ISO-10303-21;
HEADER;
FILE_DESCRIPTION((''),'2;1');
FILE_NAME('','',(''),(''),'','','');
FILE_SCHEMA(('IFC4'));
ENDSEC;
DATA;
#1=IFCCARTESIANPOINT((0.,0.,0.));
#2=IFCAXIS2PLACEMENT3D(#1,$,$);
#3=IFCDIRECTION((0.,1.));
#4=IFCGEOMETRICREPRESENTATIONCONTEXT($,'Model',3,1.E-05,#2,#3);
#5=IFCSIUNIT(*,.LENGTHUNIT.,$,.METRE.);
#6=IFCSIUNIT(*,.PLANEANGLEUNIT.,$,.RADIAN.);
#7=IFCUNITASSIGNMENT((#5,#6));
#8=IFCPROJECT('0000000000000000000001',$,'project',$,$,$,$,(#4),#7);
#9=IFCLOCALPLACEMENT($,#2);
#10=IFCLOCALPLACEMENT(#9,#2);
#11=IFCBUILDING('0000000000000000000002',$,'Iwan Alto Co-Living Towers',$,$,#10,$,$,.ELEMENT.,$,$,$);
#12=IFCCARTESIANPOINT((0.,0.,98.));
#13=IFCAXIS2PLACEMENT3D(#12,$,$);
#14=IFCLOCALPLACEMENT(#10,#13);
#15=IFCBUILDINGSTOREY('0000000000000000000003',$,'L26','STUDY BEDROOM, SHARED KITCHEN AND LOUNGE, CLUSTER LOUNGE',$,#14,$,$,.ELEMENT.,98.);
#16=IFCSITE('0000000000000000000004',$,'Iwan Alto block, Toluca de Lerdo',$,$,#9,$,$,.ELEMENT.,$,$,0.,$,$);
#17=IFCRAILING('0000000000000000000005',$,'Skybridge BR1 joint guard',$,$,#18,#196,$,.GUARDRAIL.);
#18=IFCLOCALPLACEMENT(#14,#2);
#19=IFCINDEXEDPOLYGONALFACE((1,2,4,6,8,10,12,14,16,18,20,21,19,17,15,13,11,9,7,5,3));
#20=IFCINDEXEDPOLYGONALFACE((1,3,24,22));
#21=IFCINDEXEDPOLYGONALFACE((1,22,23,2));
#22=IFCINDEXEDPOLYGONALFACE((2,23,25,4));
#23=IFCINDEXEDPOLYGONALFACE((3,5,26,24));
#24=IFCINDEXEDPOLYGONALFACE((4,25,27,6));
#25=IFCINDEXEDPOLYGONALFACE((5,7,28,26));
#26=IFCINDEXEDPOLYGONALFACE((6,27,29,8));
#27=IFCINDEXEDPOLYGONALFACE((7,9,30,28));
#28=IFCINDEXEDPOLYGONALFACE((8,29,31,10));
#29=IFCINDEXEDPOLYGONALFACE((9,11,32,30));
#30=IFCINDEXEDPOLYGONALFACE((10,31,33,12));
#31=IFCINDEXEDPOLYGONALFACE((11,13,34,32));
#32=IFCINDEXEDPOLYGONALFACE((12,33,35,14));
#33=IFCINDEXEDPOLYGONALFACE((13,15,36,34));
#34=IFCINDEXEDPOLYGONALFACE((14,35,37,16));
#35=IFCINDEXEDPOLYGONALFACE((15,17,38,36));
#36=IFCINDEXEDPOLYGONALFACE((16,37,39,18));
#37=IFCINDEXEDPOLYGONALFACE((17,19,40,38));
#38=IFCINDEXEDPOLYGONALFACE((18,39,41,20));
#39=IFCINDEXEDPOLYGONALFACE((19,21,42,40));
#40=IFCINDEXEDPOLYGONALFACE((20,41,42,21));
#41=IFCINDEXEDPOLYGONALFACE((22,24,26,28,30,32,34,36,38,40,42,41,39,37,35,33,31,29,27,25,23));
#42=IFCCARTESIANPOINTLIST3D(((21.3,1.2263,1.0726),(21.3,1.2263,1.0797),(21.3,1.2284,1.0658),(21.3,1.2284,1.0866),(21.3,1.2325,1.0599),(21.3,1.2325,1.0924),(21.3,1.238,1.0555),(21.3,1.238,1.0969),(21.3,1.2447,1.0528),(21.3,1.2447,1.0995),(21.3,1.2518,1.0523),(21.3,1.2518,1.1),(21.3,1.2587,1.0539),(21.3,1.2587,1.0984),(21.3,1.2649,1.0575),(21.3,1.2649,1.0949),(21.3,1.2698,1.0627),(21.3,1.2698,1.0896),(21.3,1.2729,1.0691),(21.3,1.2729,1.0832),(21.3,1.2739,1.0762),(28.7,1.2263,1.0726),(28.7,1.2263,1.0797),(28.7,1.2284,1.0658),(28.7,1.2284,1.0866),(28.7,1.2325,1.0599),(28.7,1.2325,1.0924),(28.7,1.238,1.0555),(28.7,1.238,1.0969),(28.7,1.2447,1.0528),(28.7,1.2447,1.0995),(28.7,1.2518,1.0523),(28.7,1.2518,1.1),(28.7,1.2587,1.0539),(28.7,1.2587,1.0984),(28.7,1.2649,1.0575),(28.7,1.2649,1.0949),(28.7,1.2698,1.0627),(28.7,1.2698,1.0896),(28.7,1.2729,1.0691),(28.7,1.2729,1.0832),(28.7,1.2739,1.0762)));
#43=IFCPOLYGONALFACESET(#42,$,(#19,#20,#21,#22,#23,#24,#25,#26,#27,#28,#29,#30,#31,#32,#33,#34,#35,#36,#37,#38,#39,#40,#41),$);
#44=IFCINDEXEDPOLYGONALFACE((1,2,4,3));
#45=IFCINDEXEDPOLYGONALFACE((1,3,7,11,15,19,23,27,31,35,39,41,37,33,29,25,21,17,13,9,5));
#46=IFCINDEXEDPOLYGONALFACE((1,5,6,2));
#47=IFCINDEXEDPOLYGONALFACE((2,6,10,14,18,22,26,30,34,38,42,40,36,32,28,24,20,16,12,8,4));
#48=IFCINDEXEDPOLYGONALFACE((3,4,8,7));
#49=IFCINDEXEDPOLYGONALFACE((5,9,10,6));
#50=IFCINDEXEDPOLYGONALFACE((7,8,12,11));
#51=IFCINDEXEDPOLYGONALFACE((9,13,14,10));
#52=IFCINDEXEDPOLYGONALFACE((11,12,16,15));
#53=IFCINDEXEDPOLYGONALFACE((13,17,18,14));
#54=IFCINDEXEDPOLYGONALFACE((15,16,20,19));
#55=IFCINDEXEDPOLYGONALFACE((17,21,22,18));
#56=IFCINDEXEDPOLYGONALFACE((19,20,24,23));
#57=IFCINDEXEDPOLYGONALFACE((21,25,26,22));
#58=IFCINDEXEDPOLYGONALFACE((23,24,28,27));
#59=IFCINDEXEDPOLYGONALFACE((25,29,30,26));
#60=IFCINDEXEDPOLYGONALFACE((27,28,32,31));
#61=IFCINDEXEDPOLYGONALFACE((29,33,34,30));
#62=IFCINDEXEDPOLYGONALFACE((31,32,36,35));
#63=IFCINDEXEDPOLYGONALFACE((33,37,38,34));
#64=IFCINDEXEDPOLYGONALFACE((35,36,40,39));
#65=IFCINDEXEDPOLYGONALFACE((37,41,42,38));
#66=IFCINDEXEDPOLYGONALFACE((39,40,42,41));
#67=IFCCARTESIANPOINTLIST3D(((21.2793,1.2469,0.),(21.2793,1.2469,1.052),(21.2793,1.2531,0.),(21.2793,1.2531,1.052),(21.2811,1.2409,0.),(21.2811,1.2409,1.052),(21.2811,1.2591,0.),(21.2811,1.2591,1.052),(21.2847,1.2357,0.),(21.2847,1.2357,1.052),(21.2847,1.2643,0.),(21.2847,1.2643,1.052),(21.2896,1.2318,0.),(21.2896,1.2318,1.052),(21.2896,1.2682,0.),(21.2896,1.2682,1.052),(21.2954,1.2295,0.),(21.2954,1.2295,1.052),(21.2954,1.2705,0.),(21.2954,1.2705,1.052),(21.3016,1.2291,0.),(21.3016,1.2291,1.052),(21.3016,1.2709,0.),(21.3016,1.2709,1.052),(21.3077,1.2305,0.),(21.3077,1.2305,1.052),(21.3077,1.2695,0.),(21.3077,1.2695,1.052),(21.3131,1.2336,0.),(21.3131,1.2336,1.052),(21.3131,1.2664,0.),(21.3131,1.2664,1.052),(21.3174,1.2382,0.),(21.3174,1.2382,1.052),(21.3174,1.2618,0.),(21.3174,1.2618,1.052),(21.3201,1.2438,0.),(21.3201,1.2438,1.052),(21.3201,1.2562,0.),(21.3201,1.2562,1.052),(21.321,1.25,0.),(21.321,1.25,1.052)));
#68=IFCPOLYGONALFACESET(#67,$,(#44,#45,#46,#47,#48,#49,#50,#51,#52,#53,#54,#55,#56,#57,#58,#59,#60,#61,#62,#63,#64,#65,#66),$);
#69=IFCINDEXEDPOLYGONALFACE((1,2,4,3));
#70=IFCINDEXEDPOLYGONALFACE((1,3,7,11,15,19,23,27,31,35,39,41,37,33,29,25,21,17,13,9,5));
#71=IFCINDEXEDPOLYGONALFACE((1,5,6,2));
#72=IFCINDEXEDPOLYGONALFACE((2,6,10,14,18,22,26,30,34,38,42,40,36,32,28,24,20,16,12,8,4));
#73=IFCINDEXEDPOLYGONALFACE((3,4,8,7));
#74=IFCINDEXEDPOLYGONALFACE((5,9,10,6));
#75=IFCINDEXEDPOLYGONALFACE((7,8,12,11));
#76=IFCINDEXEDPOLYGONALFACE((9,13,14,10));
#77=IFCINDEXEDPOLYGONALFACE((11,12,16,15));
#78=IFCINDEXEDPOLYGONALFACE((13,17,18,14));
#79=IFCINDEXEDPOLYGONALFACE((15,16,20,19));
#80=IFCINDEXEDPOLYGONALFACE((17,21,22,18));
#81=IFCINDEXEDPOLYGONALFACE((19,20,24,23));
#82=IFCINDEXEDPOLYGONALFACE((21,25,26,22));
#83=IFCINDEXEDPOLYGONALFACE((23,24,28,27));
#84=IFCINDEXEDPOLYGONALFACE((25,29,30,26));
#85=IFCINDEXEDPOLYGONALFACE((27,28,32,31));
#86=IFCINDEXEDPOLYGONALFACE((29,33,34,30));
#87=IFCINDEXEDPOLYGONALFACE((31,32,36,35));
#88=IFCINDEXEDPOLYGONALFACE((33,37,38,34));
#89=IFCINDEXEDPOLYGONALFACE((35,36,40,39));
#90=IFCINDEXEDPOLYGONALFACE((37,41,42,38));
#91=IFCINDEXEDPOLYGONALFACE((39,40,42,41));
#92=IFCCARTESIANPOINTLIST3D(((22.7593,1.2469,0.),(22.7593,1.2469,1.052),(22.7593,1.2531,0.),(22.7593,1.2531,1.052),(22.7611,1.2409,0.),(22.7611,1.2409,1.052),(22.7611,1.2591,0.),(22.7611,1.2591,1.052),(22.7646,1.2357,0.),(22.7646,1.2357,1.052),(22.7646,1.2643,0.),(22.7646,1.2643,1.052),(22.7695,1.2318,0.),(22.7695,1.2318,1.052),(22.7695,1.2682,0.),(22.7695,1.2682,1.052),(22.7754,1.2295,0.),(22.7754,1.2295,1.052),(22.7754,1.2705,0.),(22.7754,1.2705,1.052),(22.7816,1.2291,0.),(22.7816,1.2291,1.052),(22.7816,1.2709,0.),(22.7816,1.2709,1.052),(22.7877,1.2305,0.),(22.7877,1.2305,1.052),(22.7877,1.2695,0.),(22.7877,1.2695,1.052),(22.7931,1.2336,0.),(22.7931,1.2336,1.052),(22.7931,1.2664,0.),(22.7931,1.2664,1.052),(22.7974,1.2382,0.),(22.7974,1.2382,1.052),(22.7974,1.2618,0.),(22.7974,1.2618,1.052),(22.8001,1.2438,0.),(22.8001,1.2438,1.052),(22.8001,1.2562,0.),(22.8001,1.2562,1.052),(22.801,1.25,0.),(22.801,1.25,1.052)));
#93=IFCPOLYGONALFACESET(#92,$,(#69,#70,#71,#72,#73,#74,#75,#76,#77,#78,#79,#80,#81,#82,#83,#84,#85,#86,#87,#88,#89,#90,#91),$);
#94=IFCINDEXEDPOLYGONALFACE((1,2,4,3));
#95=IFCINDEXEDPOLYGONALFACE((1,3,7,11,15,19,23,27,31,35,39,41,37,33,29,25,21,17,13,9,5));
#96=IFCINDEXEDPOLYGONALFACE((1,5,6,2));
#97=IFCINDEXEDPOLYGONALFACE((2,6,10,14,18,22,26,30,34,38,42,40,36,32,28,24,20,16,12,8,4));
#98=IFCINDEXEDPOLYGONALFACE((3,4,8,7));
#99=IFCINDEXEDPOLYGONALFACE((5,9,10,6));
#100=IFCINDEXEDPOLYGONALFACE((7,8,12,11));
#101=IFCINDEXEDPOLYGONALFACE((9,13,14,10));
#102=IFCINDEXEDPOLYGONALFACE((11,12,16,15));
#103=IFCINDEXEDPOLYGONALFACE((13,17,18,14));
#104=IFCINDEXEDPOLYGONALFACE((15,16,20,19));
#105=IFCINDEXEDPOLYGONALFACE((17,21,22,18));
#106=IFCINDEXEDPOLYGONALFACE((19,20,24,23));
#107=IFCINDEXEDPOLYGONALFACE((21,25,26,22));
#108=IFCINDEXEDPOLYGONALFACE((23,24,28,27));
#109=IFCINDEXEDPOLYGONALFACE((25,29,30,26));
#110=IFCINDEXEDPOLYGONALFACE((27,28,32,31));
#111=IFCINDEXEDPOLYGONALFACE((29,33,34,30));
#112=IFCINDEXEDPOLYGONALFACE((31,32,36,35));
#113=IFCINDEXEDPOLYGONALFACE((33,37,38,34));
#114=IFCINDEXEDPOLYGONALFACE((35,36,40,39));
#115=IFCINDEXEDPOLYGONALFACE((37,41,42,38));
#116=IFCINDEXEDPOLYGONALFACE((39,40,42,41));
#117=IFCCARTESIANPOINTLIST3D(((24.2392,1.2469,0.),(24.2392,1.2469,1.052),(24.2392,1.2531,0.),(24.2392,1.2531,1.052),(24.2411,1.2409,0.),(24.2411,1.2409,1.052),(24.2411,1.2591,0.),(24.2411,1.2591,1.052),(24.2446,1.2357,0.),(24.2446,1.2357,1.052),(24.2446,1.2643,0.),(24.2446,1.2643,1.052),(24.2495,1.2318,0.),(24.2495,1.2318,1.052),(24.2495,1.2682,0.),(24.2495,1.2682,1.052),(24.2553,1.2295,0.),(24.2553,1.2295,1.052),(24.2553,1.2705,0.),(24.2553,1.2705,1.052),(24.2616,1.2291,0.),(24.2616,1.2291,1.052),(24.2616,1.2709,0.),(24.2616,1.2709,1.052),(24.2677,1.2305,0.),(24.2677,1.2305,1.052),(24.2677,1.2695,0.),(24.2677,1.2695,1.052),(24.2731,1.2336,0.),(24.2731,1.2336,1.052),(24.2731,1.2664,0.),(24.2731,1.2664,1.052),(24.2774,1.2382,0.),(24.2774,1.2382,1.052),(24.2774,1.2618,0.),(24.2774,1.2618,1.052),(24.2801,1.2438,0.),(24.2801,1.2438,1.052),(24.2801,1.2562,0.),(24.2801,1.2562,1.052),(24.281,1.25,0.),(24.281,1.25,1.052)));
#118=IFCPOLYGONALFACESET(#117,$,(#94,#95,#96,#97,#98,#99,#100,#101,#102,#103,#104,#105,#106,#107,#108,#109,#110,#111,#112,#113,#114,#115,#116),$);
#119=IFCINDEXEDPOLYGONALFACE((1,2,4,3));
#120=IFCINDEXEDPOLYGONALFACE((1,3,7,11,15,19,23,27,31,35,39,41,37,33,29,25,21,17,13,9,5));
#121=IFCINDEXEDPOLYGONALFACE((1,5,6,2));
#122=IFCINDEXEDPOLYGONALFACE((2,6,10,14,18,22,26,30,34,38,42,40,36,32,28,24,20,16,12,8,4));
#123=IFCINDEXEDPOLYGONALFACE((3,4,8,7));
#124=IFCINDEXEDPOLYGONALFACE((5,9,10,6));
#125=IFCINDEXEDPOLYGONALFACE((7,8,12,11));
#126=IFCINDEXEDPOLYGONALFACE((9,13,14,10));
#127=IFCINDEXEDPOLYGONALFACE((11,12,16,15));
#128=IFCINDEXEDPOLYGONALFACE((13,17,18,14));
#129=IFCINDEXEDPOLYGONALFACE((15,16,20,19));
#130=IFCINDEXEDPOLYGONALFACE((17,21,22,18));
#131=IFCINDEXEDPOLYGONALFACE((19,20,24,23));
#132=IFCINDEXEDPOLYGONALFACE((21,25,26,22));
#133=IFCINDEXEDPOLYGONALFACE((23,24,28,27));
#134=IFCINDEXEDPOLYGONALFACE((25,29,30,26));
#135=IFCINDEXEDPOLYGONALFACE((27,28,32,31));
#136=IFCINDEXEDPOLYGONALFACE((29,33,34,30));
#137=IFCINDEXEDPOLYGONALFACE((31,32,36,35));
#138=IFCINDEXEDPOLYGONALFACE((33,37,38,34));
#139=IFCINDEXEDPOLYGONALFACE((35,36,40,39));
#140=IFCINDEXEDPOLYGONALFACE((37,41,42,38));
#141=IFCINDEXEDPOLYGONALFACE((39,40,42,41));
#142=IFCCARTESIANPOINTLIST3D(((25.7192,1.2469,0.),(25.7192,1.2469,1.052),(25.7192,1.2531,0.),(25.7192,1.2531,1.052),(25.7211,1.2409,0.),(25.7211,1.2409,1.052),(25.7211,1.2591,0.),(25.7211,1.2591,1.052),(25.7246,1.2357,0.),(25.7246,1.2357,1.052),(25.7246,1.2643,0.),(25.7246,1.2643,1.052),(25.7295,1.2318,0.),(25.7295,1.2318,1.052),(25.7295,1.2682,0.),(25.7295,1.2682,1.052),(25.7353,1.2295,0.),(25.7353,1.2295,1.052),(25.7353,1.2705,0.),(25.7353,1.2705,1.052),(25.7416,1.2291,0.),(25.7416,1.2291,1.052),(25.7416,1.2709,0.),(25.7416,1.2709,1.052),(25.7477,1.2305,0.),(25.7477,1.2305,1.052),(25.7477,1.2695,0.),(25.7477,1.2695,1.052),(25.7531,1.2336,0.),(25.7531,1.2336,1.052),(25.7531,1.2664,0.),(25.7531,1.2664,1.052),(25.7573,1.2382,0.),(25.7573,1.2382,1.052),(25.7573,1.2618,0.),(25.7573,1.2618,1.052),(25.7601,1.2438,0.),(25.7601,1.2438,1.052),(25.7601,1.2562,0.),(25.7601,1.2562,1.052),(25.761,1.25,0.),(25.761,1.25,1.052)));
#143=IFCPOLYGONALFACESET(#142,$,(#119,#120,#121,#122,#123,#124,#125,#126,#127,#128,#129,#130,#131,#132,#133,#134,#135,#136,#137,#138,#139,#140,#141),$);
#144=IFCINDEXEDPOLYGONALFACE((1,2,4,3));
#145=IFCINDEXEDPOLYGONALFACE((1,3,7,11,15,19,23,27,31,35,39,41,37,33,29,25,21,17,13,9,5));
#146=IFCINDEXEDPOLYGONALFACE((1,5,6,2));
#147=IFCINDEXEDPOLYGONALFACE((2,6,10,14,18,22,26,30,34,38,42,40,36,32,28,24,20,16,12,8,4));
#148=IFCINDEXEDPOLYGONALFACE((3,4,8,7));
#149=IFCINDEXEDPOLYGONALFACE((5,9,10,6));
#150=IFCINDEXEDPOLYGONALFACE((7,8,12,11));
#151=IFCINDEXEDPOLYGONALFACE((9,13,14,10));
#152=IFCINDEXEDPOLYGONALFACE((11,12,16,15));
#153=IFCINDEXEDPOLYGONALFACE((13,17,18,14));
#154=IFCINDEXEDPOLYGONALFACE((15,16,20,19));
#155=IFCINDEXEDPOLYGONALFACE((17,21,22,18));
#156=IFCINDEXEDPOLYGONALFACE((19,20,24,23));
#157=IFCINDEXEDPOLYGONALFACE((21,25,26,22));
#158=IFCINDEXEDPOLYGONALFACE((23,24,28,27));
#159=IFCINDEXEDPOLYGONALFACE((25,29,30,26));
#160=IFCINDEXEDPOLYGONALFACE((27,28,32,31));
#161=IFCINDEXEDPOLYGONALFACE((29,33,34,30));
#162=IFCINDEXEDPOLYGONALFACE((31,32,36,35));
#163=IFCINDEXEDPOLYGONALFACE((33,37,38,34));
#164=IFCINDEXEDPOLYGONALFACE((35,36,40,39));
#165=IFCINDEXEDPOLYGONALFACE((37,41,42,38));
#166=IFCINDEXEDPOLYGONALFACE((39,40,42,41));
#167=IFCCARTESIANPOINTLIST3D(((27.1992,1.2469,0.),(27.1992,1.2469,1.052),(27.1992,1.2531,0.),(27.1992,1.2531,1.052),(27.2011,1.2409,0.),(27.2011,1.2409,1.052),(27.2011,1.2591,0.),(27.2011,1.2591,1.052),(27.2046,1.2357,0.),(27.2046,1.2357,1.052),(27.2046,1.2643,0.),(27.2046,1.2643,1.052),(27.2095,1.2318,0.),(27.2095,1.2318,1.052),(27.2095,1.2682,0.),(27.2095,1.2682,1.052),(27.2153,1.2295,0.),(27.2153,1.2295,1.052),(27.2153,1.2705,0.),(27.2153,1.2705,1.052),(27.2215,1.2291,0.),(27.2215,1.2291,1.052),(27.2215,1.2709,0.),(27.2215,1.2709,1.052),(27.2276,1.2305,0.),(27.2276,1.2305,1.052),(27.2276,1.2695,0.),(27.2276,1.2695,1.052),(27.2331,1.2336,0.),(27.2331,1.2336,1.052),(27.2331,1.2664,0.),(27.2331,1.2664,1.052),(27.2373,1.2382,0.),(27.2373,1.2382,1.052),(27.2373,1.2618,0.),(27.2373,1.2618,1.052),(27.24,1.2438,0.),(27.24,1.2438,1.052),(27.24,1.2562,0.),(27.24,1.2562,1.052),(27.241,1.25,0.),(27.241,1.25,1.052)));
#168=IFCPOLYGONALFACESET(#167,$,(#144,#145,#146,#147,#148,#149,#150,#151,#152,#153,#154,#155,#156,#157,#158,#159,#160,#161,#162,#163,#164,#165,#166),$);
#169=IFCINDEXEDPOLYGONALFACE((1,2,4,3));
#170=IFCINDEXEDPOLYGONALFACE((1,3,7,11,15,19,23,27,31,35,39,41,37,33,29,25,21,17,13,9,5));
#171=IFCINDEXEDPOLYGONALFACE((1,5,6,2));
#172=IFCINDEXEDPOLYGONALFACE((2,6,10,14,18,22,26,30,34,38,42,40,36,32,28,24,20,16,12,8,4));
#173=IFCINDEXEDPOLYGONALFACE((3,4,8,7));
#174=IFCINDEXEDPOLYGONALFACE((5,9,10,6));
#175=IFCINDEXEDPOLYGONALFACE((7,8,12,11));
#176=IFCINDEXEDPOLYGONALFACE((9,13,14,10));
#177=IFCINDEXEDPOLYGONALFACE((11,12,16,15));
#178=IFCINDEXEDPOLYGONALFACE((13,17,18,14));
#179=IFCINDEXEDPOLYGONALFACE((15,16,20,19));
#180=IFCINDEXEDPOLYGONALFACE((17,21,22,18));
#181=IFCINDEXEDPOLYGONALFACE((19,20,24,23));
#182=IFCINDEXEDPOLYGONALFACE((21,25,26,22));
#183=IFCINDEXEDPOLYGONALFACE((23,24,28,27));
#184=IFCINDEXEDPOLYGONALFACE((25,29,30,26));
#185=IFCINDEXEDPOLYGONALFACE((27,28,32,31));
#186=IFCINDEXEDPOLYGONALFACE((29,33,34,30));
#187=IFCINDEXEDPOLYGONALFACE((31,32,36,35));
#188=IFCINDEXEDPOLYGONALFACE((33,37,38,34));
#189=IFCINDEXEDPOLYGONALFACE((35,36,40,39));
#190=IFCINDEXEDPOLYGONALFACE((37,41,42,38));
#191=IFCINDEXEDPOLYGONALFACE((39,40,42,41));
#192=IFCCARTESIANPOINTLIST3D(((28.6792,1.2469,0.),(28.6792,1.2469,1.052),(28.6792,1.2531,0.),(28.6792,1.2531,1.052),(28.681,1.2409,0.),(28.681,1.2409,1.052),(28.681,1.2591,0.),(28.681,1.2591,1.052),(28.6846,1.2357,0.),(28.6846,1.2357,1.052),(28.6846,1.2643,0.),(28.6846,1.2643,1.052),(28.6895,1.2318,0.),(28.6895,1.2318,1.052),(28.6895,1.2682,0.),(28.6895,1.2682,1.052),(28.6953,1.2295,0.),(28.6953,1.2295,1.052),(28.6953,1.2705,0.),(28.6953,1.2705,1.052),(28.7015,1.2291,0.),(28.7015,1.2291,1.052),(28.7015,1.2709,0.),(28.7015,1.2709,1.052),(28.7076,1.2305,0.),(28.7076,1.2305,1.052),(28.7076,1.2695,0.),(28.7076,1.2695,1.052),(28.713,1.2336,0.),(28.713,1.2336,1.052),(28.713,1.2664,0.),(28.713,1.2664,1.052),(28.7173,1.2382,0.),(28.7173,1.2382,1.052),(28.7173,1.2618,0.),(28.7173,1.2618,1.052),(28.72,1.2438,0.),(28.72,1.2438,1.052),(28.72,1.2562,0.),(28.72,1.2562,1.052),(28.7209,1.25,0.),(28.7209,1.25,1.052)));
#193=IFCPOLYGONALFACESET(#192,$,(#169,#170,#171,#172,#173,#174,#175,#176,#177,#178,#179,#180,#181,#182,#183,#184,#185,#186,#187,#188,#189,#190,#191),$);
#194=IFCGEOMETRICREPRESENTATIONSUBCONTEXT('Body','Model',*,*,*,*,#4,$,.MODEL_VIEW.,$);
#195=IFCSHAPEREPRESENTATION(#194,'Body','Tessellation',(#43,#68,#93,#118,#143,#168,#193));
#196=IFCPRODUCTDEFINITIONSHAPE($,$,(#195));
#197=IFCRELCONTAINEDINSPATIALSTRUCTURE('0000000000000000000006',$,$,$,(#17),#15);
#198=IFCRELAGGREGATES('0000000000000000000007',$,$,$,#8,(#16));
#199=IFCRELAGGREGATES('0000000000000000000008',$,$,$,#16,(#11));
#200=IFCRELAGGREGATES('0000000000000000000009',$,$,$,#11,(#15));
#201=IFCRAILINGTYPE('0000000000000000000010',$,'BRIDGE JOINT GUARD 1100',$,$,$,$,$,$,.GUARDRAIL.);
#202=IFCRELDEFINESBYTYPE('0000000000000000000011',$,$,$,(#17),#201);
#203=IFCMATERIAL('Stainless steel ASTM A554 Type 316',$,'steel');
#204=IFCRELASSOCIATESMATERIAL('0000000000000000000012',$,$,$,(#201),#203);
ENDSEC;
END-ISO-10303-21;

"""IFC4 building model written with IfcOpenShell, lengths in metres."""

from ifc_helpers import new_model, si_unit, direction, frame, origin, origin_2d, place, context, subcontext, project, spatial, circle, extrude, material, type_object, element, save


model = new_model("IFC4")

# Units and contexts
model_context = context("Model", 3, precision=1e-05, world=origin(), true_north=direction((0.0, 1.0)))
body_context = subcontext(model_context, "Body", "Model", "MODEL_VIEW")
ifc_project = project(units=[si_unit("LENGTHUNIT", "METRE"), si_unit("PLANEANGLEUNIT", "RADIAN")], contexts=[model_context])

# Site, building, storey
site_placement = place(None, origin())
site = spatial("IfcSite", under=ifc_project, at=site_placement, Name="Iwan Alto block, Toluca de Lerdo", CompositionType="ELEMENT", RefElevation=0.0)
building_placement = place(site_placement, origin())
building = spatial("IfcBuilding", under=site, at=building_placement, Name="Iwan Alto Co-Living Towers", CompositionType="ELEMENT")
storey_placement = place(building_placement, frame((0.0, 0.0, 98.0)))
storey = spatial("IfcBuildingStorey", under=building, at=storey_placement, Name="L26", Description="STUDY BEDROOM, SHARED KITCHEN AND LOUNGE, CLUSTER LOUNGE", CompositionType="ELEMENT", Elevation=98.0)

# Railing
ifc_material_1 = material(Name="Stainless steel ASTM A554 Type 316", Category="steel")
railing_type = type_object("IfcRailingType", Name="BRIDGE JOINT GUARD 1100", PredefinedType="GUARDRAIL", material=ifc_material_1)
railing_1_placement = place(storey_placement, frame((21.3, 1.25, 0.0)))
element("IfcRailing", 1, at=railing_1_placement, inside=storey, type_object=railing_type, Name="Skybridge BR1 joint guard", PredefinedType="GUARDRAIL", context=body_context, shape_type="SweptSolid", body=[
    extrude(circle(Radius=0.0239, at=origin_2d()), frame((0.0, 0.0, 1.0762), z_axis=(1.0, 0.0, 0.0), x_axis=(0.0, 1.0, 0.0)), (0.0, 0.0, 1.0), 7.3999),
    extrude(circle(Radius=0.021, at=origin_2d()), origin(), (0.0, 0.0, 1.0), 1.052),
    extrude(circle(Radius=0.021, at=origin_2d()), frame((1.48, 0.0, 0.0)), (0.0, 0.0, 1.0), 1.052),
    extrude(circle(Radius=0.021, at=origin_2d()), frame((2.96, 0.0, 0.0)), (0.0, 0.0, 1.0), 1.052),
    extrude(circle(Radius=0.021, at=origin_2d()), frame((4.4399, 0.0, 0.0)), (0.0, 0.0, 1.0), 1.052),
    extrude(circle(Radius=0.021, at=origin_2d()), frame((5.9199, 0.0, 0.0)), (0.0, 0.0, 1.0), 1.052),
    extrude(circle(Radius=0.021, at=origin_2d()), frame((7.3999, 0.0, 0.0)), (0.0, 0.0, 1.0), 1.052),
])

save(model, "model.ifc")
